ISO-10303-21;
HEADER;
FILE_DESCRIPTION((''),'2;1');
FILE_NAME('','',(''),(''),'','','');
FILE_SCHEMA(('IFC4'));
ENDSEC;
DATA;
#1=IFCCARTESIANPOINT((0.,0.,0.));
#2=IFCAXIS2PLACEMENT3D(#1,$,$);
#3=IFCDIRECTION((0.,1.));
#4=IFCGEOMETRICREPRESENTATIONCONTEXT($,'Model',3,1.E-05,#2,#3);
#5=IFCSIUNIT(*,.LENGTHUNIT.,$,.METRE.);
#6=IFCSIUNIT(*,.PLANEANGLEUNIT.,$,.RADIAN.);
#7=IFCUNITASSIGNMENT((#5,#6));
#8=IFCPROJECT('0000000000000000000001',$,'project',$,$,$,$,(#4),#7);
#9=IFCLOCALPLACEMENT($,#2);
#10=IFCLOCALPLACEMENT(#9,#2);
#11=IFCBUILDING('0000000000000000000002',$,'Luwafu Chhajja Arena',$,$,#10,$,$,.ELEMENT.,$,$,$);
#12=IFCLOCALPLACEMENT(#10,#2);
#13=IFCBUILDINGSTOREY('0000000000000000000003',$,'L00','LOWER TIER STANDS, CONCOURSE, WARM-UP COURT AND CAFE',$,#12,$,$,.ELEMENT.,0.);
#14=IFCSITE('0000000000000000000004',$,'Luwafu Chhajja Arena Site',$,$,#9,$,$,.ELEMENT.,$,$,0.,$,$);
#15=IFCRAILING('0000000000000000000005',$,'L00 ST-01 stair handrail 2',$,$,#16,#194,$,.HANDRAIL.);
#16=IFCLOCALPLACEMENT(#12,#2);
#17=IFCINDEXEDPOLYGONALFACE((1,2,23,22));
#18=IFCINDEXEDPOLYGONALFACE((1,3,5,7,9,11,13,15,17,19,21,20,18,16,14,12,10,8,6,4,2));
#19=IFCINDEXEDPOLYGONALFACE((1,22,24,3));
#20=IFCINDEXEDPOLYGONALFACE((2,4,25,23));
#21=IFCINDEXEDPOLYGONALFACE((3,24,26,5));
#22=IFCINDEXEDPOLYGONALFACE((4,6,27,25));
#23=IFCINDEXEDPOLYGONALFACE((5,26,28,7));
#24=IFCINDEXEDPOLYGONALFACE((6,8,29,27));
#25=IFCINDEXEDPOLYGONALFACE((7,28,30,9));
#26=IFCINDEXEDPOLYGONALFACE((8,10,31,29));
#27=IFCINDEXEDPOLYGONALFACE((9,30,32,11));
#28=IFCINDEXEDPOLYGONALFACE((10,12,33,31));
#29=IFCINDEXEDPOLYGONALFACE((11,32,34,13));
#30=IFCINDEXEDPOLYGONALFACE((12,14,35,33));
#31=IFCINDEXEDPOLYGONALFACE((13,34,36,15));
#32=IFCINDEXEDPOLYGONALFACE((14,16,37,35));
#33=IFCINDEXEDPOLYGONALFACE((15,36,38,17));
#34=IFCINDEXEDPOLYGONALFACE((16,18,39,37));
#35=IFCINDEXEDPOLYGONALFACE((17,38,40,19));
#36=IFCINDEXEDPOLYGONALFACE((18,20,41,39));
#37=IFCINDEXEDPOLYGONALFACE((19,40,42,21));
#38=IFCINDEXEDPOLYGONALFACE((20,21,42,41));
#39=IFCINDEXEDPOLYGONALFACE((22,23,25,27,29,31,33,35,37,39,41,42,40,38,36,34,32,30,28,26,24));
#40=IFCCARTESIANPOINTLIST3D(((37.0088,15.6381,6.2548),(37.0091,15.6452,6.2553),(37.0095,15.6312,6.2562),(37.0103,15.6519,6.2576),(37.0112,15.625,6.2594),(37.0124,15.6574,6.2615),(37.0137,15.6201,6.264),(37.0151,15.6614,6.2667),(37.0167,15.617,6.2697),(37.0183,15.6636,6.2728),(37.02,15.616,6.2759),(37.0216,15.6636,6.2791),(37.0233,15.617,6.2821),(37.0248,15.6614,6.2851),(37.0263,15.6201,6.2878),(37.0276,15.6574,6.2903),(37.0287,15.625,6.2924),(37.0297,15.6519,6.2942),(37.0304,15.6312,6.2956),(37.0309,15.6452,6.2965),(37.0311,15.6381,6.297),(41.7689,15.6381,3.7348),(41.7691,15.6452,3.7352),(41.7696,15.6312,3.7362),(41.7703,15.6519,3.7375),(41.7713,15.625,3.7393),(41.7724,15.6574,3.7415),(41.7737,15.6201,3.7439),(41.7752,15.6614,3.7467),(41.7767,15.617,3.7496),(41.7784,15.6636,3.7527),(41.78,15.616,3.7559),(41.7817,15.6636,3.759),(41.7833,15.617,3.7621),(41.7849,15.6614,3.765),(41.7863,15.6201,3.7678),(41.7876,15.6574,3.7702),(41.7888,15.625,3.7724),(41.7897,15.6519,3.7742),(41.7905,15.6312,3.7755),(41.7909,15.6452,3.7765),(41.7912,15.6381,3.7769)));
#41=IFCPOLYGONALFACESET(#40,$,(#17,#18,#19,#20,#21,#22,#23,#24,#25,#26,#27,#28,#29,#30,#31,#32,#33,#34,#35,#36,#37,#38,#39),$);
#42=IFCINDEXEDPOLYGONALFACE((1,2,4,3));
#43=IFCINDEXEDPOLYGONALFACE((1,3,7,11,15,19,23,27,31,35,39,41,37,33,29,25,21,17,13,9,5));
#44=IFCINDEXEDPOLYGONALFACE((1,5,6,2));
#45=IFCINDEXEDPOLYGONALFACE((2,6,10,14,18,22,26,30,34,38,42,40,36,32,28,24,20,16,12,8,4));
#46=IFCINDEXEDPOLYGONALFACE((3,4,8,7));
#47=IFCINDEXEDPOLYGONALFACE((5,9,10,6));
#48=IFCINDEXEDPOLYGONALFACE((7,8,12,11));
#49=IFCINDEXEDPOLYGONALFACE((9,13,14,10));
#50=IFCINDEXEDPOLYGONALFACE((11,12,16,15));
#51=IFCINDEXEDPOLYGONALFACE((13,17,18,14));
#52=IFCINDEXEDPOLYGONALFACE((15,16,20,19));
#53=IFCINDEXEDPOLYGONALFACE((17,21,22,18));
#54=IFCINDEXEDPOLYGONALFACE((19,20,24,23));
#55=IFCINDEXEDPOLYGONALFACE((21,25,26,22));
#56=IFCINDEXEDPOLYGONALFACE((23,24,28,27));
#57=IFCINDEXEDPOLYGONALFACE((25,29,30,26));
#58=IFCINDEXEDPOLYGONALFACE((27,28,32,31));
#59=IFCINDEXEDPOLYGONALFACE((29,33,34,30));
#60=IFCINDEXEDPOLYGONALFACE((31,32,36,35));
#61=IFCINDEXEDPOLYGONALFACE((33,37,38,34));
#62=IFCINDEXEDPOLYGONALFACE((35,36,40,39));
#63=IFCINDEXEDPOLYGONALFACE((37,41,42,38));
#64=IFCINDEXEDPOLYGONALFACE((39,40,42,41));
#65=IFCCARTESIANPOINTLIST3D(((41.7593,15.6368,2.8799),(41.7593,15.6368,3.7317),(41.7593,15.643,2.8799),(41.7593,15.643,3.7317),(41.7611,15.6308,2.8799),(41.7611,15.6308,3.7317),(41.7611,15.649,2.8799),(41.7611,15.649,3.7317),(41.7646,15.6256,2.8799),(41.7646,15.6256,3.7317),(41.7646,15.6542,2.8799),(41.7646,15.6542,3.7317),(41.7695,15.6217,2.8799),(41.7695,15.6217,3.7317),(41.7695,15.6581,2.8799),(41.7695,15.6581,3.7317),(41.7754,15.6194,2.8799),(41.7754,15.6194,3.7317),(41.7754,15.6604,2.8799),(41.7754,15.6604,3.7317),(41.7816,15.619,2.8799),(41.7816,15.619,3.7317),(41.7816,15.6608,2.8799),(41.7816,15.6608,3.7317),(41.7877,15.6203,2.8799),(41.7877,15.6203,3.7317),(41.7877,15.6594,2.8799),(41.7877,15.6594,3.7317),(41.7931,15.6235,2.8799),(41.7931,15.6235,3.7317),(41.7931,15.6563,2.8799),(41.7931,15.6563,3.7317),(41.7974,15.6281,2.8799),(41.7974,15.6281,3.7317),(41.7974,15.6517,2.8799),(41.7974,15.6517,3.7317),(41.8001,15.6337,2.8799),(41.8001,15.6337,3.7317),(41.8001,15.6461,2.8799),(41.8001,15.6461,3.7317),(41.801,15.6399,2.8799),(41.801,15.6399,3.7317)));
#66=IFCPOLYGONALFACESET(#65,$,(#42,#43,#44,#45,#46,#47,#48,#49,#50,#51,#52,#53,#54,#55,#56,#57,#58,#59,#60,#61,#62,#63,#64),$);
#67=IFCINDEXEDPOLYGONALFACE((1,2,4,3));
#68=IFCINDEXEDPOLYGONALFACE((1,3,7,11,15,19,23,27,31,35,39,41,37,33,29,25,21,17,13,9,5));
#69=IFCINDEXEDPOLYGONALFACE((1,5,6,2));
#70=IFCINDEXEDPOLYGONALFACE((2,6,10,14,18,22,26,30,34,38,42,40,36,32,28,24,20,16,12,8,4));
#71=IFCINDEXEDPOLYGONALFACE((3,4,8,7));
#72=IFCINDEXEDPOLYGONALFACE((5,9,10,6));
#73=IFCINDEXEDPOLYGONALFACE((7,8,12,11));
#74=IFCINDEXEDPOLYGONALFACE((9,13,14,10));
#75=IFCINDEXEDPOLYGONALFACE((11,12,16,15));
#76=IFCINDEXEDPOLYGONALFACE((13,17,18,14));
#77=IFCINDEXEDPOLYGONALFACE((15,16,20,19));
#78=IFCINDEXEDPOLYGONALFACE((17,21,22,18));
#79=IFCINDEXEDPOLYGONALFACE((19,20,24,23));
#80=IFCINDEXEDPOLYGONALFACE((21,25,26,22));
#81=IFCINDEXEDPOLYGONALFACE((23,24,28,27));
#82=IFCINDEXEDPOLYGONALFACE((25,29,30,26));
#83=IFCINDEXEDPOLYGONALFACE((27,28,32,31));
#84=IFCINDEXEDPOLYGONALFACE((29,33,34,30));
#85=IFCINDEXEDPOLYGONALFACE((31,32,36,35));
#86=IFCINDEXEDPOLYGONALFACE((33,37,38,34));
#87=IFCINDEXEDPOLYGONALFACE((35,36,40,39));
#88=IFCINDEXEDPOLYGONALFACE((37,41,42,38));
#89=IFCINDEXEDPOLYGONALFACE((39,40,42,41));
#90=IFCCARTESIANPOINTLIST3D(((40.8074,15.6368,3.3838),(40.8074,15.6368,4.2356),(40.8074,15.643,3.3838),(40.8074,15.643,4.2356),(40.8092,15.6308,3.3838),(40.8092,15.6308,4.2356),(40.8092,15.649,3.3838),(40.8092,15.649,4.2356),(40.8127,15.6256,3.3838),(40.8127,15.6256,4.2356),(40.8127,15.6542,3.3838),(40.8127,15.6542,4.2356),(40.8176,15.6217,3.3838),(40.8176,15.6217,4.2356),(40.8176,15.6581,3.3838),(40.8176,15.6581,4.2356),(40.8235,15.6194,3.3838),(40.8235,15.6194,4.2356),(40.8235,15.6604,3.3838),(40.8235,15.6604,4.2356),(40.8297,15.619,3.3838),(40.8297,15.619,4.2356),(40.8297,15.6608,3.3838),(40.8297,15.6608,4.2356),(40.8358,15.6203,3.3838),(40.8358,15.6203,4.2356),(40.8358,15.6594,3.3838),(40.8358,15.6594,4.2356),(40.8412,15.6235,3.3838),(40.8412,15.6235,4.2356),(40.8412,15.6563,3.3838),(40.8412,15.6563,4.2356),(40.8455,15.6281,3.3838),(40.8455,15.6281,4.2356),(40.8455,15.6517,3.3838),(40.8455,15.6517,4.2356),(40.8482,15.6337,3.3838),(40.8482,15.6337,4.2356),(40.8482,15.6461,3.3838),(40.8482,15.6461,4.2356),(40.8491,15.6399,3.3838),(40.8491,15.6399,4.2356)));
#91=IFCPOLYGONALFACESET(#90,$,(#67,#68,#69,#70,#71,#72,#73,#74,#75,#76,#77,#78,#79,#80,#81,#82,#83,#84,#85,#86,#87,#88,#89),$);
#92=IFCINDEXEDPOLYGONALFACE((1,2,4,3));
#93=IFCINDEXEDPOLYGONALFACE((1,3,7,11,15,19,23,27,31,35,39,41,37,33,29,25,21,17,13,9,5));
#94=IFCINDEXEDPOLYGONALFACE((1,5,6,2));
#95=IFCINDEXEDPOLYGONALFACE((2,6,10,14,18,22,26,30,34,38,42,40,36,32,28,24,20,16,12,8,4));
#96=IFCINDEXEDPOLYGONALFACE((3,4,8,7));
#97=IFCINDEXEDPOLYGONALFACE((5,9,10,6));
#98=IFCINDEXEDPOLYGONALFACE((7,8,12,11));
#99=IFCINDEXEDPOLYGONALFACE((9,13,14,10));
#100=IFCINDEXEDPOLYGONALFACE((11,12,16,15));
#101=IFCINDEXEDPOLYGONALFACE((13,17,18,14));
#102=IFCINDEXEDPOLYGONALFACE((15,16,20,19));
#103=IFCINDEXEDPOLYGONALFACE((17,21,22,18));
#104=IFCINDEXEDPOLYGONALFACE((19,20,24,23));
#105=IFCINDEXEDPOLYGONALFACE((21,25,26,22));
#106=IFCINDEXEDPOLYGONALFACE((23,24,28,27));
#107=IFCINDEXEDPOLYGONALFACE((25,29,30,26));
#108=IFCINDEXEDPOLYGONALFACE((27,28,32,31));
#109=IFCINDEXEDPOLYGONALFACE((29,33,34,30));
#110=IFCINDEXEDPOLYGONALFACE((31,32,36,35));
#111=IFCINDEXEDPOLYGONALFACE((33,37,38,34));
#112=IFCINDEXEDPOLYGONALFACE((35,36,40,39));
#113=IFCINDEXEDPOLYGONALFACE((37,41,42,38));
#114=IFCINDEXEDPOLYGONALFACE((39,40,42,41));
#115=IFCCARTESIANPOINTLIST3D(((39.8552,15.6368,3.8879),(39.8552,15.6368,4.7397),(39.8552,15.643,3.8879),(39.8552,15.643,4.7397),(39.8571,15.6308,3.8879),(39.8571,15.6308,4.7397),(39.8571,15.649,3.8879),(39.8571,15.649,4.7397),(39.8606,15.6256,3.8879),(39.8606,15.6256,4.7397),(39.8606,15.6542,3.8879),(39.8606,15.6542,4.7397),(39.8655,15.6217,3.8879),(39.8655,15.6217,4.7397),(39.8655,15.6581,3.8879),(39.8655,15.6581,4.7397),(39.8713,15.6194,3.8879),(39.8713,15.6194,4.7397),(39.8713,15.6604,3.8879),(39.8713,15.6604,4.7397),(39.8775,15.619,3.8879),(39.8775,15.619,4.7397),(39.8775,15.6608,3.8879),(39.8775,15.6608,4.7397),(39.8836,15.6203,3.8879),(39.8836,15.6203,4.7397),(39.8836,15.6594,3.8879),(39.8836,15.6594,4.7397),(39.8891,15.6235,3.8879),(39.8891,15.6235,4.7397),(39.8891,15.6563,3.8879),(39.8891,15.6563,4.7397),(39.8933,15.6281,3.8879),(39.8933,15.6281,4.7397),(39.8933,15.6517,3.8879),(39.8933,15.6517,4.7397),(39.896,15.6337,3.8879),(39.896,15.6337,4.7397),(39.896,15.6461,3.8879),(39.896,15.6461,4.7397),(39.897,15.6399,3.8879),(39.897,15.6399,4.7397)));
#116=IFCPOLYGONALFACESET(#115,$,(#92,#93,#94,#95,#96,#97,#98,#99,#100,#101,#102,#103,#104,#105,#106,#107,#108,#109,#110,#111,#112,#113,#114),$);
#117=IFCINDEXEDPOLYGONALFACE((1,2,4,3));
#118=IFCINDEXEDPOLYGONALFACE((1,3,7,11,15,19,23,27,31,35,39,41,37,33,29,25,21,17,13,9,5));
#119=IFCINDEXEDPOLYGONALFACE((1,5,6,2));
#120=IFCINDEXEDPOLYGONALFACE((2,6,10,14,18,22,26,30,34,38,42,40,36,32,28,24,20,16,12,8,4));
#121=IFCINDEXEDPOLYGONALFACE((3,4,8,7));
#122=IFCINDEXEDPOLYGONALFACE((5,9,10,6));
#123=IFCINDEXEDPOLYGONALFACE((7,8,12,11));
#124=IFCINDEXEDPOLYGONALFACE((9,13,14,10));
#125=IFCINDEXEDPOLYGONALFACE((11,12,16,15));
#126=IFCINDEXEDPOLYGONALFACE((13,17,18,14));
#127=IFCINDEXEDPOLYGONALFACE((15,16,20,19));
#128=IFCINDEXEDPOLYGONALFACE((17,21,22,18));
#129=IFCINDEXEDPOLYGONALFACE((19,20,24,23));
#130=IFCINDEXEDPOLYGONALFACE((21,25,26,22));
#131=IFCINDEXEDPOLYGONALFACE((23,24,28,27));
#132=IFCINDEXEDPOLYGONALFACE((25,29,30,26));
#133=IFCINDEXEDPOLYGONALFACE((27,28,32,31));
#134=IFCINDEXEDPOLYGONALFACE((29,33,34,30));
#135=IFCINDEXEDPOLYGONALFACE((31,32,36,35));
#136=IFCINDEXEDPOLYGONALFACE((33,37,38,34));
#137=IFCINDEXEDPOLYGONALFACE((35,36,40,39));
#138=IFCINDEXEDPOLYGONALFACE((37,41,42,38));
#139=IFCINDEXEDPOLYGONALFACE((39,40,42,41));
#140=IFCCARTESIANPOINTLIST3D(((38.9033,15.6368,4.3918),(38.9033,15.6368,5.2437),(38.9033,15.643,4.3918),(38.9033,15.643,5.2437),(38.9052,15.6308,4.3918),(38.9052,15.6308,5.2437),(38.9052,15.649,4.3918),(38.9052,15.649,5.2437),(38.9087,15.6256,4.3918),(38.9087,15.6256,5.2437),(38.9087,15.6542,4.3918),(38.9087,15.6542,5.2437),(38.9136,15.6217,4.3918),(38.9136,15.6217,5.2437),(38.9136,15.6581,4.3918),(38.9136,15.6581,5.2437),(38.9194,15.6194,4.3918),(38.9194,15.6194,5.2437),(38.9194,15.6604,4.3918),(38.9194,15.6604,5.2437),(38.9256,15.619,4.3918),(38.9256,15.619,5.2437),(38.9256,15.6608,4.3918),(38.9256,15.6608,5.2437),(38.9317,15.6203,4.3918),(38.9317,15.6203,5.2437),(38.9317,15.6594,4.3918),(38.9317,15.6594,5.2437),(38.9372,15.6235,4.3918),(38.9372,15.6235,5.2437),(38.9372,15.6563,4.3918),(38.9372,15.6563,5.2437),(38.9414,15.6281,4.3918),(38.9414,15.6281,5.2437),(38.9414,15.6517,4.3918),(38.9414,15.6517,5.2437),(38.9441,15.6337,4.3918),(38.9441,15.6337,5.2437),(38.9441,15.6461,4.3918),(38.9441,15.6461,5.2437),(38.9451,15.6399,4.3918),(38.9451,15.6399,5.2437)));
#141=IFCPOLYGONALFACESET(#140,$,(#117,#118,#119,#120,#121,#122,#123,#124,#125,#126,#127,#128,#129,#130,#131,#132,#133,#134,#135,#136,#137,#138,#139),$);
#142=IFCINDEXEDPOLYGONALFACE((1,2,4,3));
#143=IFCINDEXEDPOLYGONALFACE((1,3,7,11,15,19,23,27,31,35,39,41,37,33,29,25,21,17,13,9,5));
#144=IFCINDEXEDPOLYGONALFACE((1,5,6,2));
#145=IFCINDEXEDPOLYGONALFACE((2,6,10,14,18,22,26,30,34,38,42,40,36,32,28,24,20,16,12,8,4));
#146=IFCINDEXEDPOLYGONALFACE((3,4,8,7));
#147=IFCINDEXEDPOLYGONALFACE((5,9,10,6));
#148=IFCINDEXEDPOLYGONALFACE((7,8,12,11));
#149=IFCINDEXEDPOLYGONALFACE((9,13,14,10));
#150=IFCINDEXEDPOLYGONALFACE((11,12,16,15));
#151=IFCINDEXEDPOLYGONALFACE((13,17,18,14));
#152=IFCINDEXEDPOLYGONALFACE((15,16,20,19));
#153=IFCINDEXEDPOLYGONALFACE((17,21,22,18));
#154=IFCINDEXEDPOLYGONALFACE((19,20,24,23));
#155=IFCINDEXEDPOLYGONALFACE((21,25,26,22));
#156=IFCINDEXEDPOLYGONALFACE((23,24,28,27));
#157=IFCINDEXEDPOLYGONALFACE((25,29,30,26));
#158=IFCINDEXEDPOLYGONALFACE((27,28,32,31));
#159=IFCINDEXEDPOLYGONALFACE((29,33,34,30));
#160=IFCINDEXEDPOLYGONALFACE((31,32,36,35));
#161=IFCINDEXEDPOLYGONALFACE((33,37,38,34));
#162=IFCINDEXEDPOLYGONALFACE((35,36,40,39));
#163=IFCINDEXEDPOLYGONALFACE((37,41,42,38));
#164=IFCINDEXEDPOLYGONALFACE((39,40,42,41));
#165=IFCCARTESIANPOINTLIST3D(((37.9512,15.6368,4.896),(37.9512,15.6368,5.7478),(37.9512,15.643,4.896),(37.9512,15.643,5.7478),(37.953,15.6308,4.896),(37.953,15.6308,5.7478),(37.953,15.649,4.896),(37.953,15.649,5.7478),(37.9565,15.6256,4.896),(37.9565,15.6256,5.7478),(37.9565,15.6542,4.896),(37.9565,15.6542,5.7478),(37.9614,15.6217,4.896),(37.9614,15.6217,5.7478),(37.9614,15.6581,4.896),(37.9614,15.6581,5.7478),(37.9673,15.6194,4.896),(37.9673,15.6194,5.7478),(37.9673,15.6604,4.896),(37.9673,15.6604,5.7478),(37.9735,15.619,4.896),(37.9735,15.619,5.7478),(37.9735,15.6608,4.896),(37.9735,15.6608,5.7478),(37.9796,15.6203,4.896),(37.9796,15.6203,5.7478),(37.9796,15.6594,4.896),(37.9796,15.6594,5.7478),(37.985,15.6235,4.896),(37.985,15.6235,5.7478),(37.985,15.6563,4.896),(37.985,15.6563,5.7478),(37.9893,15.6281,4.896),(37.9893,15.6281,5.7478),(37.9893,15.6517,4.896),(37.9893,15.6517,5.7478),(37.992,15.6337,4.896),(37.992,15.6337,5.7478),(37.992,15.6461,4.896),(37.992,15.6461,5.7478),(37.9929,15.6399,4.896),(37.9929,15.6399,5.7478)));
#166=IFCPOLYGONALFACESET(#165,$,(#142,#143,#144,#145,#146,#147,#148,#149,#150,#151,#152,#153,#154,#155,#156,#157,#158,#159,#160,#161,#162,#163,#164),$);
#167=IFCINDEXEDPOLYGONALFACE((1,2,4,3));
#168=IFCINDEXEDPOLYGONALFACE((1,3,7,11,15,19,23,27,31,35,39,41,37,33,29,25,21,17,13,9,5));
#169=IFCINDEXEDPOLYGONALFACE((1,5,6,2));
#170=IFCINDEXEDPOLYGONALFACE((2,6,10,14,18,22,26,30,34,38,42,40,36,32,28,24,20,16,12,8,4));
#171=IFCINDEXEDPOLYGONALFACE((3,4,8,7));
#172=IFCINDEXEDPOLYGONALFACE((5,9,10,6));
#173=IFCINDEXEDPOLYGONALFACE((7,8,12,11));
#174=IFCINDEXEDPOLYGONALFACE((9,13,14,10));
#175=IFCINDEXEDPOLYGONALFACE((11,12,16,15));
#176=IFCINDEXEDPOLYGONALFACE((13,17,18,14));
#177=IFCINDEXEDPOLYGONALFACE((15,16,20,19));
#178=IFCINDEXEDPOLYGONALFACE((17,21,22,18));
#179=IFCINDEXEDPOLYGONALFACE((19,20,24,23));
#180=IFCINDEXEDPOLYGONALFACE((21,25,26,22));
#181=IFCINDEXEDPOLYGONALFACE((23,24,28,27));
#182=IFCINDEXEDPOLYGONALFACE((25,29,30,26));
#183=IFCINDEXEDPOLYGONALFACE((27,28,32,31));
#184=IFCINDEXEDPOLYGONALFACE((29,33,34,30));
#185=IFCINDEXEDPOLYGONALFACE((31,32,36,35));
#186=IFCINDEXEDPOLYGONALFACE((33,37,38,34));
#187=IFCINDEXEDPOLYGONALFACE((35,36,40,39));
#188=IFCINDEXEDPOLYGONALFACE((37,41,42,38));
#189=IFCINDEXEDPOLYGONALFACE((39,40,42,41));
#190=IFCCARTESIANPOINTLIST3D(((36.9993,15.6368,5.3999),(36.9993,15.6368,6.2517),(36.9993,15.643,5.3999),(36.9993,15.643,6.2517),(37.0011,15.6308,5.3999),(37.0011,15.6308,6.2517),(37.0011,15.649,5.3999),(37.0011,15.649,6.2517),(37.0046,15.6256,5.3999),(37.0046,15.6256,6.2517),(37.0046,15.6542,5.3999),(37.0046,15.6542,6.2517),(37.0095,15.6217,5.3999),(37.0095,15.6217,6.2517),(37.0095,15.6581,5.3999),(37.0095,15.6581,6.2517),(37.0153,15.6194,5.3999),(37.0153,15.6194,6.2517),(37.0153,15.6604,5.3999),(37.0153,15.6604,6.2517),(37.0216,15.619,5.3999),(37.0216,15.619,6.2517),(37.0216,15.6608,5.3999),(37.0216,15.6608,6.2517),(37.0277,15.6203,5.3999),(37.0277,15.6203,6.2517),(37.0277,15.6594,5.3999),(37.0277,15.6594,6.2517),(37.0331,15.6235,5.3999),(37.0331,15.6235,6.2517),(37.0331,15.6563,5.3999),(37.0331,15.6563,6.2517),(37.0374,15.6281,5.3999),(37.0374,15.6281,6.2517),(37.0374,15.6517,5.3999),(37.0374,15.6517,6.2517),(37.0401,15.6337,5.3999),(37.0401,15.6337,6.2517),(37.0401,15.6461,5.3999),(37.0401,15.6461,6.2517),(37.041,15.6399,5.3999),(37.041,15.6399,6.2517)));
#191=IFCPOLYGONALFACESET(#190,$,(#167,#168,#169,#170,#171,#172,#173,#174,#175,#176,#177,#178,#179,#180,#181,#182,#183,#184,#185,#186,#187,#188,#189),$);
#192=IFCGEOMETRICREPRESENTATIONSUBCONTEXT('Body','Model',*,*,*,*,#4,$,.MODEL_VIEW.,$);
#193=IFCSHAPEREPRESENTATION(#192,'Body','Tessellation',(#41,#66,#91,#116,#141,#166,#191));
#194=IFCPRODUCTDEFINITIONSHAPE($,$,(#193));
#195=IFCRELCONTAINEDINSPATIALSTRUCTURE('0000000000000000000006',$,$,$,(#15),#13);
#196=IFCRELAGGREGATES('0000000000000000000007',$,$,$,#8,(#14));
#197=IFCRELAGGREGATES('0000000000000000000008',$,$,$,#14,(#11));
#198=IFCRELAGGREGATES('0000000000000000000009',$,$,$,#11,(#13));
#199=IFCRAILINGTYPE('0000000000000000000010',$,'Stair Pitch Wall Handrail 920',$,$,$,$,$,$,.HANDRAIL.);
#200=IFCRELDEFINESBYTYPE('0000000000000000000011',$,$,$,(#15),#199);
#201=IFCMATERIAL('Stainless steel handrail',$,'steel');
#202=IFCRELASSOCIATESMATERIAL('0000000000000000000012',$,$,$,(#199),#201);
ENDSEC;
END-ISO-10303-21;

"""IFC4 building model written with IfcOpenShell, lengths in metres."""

from ifc_helpers import new_model, si_unit, direction, frame, origin, origin_2d, place, context, subcontext, project, spatial, circle, extrude, material, type_object, element, save


model = new_model("IFC4")

# Units and contexts
model_context = context("Model", 3, precision=1e-05, world=origin(), true_north=direction((0.0, 1.0)))
body_context = subcontext(model_context, "Body", "Model", "MODEL_VIEW")
ifc_project = project(units=[si_unit("LENGTHUNIT", "METRE"), si_unit("PLANEANGLEUNIT", "RADIAN")], contexts=[model_context])

# Site, building, storey
site_placement = place(None, origin())
site = spatial("IfcSite", under=ifc_project, at=site_placement, Name="Luwafu Chhajja Arena Site", CompositionType="ELEMENT", RefElevation=0.0)
building_placement = place(site_placement, origin())
building = spatial("IfcBuilding", under=site, at=building_placement, Name="Luwafu Chhajja Arena", CompositionType="ELEMENT")
storey_placement = place(building_placement, origin())
storey = spatial("IfcBuildingStorey", under=building, at=storey_placement, Name="L00", Description="LOWER TIER STANDS, CONCOURSE, WARM-UP COURT AND CAFE", CompositionType="ELEMENT", Elevation=0.0)

# Railing
ifc_material_1 = material(Name="Stainless steel handrail", Category="steel")
railing_type_1 = type_object("IfcRailingType", Name="Stair Pitch Wall Handrail 920", PredefinedType="HANDRAIL", material=ifc_material_1)
railing_1_placement = place(storey_placement, frame((41.78, 15.6399, 2.8799)))
element("IfcRailing", 1, at=railing_1_placement, inside=storey, type_object=railing_type_1, Name="L00 ST-01 stair handrail 2", PredefinedType="HANDRAIL", context=body_context, shape_type="SweptSolid", body=[
    extrude(circle(Radius=0.0239, at=origin_2d()), frame((0.0, 0.0, 0.876), z_axis=(-0.883787, 0.0, 0.46789), x_axis=(0.0, -1.0, 0.0)), (0.0, 0.0, 1.0), 5.386),
    extrude(circle(Radius=0.021, at=origin_2d()), origin(), (0.0, 0.0, 1.0), 0.8518),
    extrude(circle(Radius=0.021, at=origin_2d()), frame((-0.9519, 0.0, 0.5039)), (0.0, 0.0, 1.0), 0.8518),
    extrude(circle(Radius=0.021, at=origin_2d()), frame((-1.9041, 0.0, 1.0081)), (0.0, 0.0, 1.0), 0.8518),
    extrude(circle(Radius=0.021, at=origin_2d()), frame((-2.856, 0.0, 1.512)), (0.0, 0.0, 1.0), 0.8518),
    extrude(circle(Radius=0.021, at=origin_2d()), frame((-3.8081, 0.0, 2.0161)), (0.0, 0.0, 1.0), 0.8518),
    extrude(circle(Radius=0.021, at=origin_2d()), frame((-4.76, 0.0, 2.52)), (0.0, 0.0, 1.0), 0.8518),
])

save(model, "model.ifc")
